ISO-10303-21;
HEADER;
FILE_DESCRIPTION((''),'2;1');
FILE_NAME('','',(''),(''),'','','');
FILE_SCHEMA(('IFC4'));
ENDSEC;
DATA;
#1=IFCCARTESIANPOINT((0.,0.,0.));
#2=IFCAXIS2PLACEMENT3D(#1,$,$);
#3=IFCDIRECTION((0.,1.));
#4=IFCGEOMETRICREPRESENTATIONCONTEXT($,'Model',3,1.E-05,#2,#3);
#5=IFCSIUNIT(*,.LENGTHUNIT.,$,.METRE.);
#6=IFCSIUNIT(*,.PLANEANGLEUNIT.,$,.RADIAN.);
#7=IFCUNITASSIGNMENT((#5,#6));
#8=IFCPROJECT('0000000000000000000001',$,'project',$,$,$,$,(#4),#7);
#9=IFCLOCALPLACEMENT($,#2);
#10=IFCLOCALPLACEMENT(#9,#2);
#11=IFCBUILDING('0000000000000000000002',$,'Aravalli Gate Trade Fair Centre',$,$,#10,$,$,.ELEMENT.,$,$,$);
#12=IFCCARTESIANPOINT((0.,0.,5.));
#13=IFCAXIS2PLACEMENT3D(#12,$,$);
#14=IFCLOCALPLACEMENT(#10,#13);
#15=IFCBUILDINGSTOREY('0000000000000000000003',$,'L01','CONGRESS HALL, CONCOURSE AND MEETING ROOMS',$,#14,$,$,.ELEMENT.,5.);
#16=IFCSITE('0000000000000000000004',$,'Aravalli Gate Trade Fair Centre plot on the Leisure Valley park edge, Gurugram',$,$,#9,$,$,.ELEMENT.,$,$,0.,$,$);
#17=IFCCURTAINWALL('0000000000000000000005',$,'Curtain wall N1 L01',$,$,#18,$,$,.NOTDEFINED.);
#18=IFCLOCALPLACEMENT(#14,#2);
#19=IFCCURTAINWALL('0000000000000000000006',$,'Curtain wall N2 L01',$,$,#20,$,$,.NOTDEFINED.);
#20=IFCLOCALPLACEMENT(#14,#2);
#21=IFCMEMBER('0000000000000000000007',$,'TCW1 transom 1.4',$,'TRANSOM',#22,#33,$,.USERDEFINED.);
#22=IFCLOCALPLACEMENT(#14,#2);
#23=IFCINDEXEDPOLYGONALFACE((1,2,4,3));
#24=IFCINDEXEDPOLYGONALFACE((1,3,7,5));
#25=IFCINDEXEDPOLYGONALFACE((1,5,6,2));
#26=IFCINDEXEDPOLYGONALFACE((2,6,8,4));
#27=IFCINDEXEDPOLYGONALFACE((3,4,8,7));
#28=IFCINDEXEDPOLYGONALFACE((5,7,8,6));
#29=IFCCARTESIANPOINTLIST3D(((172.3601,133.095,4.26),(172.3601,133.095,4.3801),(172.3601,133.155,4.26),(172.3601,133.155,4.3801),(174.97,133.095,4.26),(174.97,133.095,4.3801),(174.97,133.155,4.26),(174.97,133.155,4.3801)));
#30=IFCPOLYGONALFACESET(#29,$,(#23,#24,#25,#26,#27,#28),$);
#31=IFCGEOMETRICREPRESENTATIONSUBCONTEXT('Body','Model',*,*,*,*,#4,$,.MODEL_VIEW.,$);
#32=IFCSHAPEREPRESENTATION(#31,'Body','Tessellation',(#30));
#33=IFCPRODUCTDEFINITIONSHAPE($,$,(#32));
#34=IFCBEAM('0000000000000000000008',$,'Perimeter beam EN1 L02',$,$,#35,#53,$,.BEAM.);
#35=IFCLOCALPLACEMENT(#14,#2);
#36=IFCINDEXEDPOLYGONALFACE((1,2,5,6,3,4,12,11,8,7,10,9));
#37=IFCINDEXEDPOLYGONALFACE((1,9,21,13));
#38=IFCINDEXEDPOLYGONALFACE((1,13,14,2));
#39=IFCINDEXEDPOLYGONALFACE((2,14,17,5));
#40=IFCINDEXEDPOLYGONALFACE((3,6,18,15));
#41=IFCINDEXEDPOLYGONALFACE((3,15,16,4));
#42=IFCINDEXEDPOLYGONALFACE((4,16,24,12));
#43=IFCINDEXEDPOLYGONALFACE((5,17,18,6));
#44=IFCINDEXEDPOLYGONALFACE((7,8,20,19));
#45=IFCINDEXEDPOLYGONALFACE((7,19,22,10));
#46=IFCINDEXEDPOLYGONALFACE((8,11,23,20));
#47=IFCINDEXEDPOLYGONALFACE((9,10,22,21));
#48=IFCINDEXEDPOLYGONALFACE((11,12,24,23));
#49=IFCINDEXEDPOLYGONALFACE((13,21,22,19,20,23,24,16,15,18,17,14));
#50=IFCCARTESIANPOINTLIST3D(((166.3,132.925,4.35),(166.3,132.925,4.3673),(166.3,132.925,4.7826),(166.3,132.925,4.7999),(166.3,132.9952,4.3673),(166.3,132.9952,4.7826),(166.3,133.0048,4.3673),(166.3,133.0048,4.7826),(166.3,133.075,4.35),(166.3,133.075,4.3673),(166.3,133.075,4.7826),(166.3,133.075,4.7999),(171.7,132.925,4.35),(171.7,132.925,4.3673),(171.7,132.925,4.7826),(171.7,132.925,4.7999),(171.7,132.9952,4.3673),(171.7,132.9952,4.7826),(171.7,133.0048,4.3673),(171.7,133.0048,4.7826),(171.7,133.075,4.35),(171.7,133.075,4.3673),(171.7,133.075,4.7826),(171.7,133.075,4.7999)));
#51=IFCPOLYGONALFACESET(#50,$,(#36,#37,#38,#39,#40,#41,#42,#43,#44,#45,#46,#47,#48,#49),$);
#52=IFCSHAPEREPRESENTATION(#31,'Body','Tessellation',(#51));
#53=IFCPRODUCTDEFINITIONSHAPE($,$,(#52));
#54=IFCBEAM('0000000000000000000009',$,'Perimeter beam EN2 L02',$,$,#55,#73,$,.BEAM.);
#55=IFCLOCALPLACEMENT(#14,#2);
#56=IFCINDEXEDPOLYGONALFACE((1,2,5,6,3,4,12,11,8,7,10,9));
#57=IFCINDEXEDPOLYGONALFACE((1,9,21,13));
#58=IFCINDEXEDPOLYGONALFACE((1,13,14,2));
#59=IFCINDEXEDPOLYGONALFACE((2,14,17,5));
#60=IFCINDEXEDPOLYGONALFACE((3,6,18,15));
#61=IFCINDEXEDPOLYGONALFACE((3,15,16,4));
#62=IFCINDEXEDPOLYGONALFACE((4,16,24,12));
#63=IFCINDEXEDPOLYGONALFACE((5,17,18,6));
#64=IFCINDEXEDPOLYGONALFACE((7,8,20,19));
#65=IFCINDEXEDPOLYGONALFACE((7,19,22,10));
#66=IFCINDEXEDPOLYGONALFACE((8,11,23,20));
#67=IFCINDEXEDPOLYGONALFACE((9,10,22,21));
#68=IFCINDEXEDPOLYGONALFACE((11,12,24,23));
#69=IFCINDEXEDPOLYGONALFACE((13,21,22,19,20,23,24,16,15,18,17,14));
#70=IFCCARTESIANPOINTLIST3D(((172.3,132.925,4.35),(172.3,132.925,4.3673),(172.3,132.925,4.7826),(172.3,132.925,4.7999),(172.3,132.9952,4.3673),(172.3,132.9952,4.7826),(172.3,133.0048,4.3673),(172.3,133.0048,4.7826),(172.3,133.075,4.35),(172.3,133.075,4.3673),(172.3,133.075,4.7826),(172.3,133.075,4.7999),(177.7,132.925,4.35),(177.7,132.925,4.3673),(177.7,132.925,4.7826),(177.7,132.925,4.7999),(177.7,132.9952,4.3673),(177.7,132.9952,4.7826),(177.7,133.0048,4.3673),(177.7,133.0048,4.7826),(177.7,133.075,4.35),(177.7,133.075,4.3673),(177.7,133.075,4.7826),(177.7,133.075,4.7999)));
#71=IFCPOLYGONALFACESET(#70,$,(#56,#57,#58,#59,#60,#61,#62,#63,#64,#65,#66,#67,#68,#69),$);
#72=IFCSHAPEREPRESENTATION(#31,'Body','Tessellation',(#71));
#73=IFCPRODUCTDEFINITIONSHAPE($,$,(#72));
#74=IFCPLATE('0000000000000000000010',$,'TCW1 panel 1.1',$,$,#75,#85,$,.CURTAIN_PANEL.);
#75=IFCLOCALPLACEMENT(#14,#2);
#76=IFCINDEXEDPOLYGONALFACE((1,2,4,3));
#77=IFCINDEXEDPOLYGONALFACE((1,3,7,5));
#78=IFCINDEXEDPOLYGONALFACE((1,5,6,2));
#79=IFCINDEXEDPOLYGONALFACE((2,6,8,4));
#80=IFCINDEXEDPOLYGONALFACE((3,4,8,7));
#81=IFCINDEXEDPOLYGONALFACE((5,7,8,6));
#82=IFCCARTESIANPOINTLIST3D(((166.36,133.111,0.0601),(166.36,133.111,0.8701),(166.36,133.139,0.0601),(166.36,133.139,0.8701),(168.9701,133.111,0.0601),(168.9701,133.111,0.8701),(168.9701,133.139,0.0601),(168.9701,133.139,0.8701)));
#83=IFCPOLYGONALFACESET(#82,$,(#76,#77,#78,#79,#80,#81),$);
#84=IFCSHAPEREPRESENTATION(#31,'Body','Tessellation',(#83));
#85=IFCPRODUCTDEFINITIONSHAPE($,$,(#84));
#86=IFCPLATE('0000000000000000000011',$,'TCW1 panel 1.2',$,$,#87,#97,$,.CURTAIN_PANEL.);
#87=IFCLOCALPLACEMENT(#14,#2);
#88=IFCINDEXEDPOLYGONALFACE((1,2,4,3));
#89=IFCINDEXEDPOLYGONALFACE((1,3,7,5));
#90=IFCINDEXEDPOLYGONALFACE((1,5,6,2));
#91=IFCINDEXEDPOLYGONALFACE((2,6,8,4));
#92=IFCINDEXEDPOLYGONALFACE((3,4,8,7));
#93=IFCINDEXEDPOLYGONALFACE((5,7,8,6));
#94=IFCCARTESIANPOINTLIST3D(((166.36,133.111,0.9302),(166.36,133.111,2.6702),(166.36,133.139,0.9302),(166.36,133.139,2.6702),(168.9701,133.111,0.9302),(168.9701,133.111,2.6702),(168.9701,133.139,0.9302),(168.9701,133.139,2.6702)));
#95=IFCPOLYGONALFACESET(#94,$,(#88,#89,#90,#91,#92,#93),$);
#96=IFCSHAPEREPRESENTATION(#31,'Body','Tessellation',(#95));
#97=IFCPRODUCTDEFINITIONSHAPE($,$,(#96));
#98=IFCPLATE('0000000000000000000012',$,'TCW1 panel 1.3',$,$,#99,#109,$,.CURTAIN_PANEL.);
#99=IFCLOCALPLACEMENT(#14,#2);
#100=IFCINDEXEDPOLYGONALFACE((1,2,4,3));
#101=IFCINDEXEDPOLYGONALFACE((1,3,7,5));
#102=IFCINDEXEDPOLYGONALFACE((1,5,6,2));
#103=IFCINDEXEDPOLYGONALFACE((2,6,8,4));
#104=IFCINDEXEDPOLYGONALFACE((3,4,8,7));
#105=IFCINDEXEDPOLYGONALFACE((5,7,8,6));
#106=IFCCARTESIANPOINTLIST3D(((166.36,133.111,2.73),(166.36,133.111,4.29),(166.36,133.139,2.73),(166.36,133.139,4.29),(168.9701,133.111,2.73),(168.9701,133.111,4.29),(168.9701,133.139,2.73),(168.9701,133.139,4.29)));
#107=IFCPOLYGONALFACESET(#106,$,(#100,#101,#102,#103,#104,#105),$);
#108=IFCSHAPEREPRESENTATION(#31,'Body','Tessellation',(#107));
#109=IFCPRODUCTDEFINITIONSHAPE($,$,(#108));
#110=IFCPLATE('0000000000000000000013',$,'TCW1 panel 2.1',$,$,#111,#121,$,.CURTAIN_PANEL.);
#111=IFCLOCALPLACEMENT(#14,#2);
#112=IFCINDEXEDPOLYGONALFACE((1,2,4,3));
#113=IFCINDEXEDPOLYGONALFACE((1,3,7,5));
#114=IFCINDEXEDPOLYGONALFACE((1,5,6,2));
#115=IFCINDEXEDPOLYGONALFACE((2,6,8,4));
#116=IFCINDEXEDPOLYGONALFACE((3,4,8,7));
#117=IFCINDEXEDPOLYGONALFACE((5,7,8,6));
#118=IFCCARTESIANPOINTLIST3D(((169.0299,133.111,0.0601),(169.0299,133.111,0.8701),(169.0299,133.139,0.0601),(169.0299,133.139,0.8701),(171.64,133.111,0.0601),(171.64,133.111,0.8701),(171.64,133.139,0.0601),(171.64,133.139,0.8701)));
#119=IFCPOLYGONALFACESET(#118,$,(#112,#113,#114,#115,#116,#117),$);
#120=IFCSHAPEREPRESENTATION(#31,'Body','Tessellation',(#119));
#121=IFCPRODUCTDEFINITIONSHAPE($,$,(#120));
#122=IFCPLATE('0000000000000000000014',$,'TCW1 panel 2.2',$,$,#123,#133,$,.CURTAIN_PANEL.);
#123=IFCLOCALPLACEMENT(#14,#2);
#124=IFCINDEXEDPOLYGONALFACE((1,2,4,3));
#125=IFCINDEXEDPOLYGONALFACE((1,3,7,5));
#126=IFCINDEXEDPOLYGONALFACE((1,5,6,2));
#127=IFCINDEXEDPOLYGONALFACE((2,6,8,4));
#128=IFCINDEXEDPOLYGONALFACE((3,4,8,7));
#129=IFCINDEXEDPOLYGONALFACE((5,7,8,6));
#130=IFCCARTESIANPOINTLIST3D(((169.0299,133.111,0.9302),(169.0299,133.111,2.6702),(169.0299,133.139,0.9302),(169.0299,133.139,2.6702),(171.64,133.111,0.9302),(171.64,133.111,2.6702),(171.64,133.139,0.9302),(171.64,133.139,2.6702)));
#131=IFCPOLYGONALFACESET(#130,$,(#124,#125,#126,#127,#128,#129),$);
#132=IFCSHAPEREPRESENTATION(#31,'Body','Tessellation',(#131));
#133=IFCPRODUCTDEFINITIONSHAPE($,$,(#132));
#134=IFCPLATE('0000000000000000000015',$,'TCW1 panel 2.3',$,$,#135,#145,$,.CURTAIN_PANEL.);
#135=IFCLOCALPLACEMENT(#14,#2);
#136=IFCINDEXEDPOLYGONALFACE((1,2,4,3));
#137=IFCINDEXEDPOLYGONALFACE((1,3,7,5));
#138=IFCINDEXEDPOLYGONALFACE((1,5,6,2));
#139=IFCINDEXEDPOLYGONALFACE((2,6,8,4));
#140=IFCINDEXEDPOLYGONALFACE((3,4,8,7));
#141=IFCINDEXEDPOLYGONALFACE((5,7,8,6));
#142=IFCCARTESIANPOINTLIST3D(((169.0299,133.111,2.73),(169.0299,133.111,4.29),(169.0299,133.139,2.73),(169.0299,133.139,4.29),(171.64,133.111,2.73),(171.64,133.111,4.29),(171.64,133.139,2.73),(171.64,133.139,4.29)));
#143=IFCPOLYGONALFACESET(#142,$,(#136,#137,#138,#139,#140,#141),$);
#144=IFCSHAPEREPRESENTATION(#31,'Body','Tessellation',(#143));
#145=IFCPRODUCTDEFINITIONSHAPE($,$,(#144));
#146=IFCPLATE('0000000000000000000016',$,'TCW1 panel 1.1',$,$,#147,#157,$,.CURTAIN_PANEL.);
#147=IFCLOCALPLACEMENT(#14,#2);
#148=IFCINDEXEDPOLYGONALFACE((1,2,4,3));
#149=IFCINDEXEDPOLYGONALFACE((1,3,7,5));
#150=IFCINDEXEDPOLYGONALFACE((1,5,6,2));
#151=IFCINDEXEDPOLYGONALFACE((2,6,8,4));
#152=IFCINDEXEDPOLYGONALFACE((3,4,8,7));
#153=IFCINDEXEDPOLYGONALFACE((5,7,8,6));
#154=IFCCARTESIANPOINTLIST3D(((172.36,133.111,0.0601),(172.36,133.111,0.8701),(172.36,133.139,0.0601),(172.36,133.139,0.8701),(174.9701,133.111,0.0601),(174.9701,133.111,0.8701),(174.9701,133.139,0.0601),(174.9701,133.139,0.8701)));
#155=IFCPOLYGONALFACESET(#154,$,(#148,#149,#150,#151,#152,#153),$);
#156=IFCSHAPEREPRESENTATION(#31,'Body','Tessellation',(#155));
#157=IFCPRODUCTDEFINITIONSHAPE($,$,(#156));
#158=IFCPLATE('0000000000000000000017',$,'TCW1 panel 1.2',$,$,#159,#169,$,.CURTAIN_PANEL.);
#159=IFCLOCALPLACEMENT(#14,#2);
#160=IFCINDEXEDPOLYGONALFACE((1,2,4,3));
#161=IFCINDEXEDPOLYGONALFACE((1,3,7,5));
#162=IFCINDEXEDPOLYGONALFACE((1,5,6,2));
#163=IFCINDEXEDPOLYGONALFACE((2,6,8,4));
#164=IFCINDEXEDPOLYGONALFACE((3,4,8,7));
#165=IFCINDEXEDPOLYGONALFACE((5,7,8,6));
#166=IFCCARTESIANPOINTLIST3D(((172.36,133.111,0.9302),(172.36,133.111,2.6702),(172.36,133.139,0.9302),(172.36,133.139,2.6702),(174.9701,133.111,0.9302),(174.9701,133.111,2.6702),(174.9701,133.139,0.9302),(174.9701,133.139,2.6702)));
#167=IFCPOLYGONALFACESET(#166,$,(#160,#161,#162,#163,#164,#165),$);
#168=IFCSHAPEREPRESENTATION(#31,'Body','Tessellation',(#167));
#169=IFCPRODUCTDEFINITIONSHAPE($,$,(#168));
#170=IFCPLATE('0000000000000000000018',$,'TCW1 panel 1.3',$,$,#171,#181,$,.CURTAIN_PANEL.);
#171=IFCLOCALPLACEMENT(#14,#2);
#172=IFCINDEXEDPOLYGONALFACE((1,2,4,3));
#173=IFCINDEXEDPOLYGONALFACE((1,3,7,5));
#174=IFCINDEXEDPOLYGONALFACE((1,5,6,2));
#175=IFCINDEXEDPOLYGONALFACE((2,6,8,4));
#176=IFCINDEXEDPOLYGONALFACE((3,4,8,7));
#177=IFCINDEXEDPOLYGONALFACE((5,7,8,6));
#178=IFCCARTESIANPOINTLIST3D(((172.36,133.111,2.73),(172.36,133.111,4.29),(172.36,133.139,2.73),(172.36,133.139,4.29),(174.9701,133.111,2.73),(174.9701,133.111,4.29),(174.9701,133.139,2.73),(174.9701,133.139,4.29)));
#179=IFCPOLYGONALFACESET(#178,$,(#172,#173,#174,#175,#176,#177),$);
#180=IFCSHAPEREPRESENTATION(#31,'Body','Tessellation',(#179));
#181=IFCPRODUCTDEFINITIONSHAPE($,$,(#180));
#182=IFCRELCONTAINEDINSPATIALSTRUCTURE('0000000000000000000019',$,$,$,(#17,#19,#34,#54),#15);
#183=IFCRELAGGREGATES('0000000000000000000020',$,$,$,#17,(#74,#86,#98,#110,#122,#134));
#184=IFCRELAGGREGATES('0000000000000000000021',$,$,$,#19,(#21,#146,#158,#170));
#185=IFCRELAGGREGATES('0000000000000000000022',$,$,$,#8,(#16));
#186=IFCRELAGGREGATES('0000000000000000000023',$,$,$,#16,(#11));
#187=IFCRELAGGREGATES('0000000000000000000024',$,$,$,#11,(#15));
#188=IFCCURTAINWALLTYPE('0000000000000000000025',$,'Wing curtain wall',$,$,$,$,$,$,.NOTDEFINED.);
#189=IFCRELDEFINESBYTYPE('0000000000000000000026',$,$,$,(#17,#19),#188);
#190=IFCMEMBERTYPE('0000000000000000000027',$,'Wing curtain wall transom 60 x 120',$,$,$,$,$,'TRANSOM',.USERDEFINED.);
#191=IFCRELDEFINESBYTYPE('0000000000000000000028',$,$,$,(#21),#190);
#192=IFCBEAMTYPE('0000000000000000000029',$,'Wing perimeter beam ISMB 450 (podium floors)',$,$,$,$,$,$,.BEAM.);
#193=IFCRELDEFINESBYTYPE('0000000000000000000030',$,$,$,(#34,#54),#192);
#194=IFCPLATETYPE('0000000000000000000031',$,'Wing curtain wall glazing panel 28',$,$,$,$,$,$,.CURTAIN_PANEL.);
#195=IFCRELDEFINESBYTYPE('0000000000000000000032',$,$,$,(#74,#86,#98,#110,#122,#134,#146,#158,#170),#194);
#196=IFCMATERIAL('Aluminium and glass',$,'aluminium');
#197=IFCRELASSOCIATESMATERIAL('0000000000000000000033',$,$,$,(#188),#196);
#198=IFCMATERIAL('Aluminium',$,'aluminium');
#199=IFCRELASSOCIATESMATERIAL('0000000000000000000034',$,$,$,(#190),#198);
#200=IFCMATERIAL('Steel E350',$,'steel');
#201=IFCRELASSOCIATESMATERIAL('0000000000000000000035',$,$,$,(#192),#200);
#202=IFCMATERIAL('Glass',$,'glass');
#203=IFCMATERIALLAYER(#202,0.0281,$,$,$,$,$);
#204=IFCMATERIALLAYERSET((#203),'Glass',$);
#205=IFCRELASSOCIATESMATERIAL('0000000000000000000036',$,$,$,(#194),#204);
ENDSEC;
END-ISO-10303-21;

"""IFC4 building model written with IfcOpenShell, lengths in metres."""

from ifc_helpers import new_model, si_unit, direction, frame, origin, origin_2d, place, context, subcontext, project, spatial, rectangle, i_section, extrude, material, layer, layer_set, material_profile, profile_set, type_object, element, aggregate, save


model = new_model("IFC4")

# Units and contexts
model_context = context("Model", 3, precision=1e-05, world=origin(), true_north=direction((0.0, 1.0)))
body_context = subcontext(model_context, "Body", "Model", "MODEL_VIEW")
ifc_project = project(units=[si_unit("LENGTHUNIT", "METRE"), si_unit("PLANEANGLEUNIT", "RADIAN")], contexts=[model_context])

# Site, building, storey
site_placement = place(None, origin())
site = spatial("IfcSite", under=ifc_project, at=site_placement, Name="Aravalli Gate Trade Fair Centre plot on the Leisure Valley park edge, Gurugram", CompositionType="ELEMENT", RefElevation=0.0)
building_placement = place(site_placement, origin())
building = spatial("IfcBuilding", under=site, at=building_placement, Name="Aravalli Gate Trade Fair Centre", CompositionType="ELEMENT")
storey_placement = place(building_placement, frame((0.0, 0.0, 5.0)))
storey = spatial("IfcBuildingStorey", under=building, at=storey_placement, Name="L01", Description="CONGRESS HALL, CONCOURSE AND MEETING ROOMS", CompositionType="ELEMENT", Elevation=5.0)

# Shared definitions
ifc_material_1 = material(Name="Steel E350", Category="steel")

# Shared definitions
ifc_material_2 = material(Name="Aluminium and glass", Category="aluminium")
curtain_wall_type = type_object("IfcCurtainWallType", Name="Wing curtain wall", PredefinedType="NOTDEFINED", material=ifc_material_2)
ifc_material_3 = material(Name="Aluminium", Category="aluminium")

# Curtain wall
curtain_wall_1_placement = place(storey_placement, origin())
curtain_wall_1 = element("IfcCurtainWall", 1, at=curtain_wall_1_placement, inside=storey, type_object=curtain_wall_type, Name="Curtain wall N1 L01", PredefinedType="NOTDEFINED")

# Curtain wall
curtain_wall_2_placement = place(storey_placement, origin())
curtain_wall_2 = element("IfcCurtainWall", 2, at=curtain_wall_2_placement, inside=storey, type_object=curtain_wall_type, Name="Curtain wall N2 L01", PredefinedType="NOTDEFINED")

# Member
ifc_material_profile_1 = material_profile(ifc_material_3, rectangle(XDim=0.0601, YDim=0.1201, at=origin_2d()), Name="Wing curtain wall transom 60 x 120")
ifc_profile_set_1 = profile_set([ifc_material_profile_1], Name="Aluminium")
member_type_1 = type_object("IfcMemberType", Name="Wing curtain wall transom 60 x 120", ElementType="TRANSOM", PredefinedType="USERDEFINED", material=ifc_profile_set_1)
member_1_placement = place(storey_placement, frame((172.3601, 133.125, 4.3201), z_axis=(1.0, 0.0, 0.0), x_axis=(0.0, 1.0, 0.0)))
member_1 = element("IfcMember", 3, at=member_1_placement, type_object=member_type_1, Name="TCW1 transom 1.4", ObjectType="TRANSOM", PredefinedType="USERDEFINED", context=body_context, shape_type="SweptSolid", body=[
    extrude(rectangle(XDim=0.0601, YDim=0.1201, at=origin_2d()), origin(), (0.0, 0.0, 1.0), 2.6099),
])

# Beams
ifc_material_profile_2 = material_profile(ifc_material_1, i_section(OverallWidth=0.1499, OverallDepth=0.45, WebThickness=0.0095, FlangeThickness=0.0173, at=origin_2d()), Name="ISMB 450")
ifc_profile_set_2 = profile_set([ifc_material_profile_2], Name="Steel E350")
beam_type_1 = type_object("IfcBeamType", Name="Wing perimeter beam ISMB 450 (podium floors)", PredefinedType="BEAM", material=ifc_profile_set_2)
for number, where, z_axis, x_axis, name in (
    (4, (166.3, 133.0, 4.575), (1.0, 0.0, 0.0), (0.0, 1.0, 0.0), "Perimeter beam EN1 L02"),
    (5, (172.3, 133.0, 4.575), (1.0, 0.0, 0.0), (0.0, 1.0, 0.0), "Perimeter beam EN2 L02"),
):
    element("IfcBeam", number, at=place(storey_placement, frame(where, z_axis=z_axis, x_axis=x_axis)), inside=storey, type_object=beam_type_1, Name=name, PredefinedType="BEAM", context=body_context, shape_type="SweptSolid", body=[
        extrude(i_section(OverallWidth=0.1499, OverallDepth=0.45, WebThickness=0.0095, FlangeThickness=0.0173, at=origin_2d()), origin(), (0.0, 0.0, 1.0), 5.3999),
    ])

# Plates
ifc_material_4 = material(Name="Glass", Category="glass")
ifc_layer = layer(ifc_material_4, 0.0281)
ifc_layer_set = layer_set([ifc_layer], Name="Glass")
plate_type = type_object("IfcPlateType", Name="Wing curtain wall glazing panel 28", PredefinedType="CURTAIN_PANEL", material=ifc_layer_set)
plate_1_placement = place(storey_placement, frame((167.665, 133.125, 0.0601), z_axis=(0.0, 0.0, 1.0), x_axis=(1.0, 0.0, 0.0)))
plate_1 = element("IfcPlate", 6, at=plate_1_placement, type_object=plate_type, Name="TCW1 panel 1.1", PredefinedType="CURTAIN_PANEL", context=body_context, shape_type="SweptSolid", body=[
    extrude(rectangle(XDim=2.6101, YDim=0.0281, at=origin_2d()), origin(), (0.0, 0.0, 1.0), 0.8101),
])
plate_2_placement = place(storey_placement, frame((167.665, 133.125, 0.9302), z_axis=(0.0, 0.0, 1.0), x_axis=(1.0, 0.0, 0.0)))
plate_2 = element("IfcPlate", 7, at=plate_2_placement, type_object=plate_type, Name="TCW1 panel 1.2", PredefinedType="CURTAIN_PANEL", context=body_context, shape_type="SweptSolid", body=[
    extrude(rectangle(XDim=2.6101, YDim=0.0281, at=origin_2d()), origin(), (0.0, 0.0, 1.0), 1.74),
])
plate_3_placement = place(storey_placement, frame((167.665, 133.125, 2.73), z_axis=(0.0, 0.0, 1.0), x_axis=(1.0, 0.0, 0.0)))
plate_3 = element("IfcPlate", 8, at=plate_3_placement, type_object=plate_type, Name="TCW1 panel 1.3", PredefinedType="CURTAIN_PANEL", context=body_context, shape_type="SweptSolid", body=[
    extrude(rectangle(XDim=2.6101, YDim=0.0281, at=origin_2d()), origin(), (0.0, 0.0, 1.0), 1.5601),
])
plate_4_placement = place(storey_placement, frame((170.335, 133.125, 0.0601), z_axis=(0.0, 0.0, 1.0), x_axis=(1.0, 0.0, 0.0)))
plate_4 = element("IfcPlate", 9, at=plate_4_placement, type_object=plate_type, Name="TCW1 panel 2.1", PredefinedType="CURTAIN_PANEL", context=body_context, shape_type="SweptSolid", body=[
    extrude(rectangle(XDim=2.6101, YDim=0.0281, at=origin_2d()), origin(), (0.0, 0.0, 1.0), 0.8101),
])
plate_5_placement = place(storey_placement, frame((170.335, 133.125, 0.9302), z_axis=(0.0, 0.0, 1.0), x_axis=(1.0, 0.0, 0.0)))
plate_5 = element("IfcPlate", 10, at=plate_5_placement, type_object=plate_type, Name="TCW1 panel 2.2", PredefinedType="CURTAIN_PANEL", context=body_context, shape_type="SweptSolid", body=[
    extrude(rectangle(XDim=2.6101, YDim=0.0281, at=origin_2d()), origin(), (0.0, 0.0, 1.0), 1.74),
])
plate_6_placement = place(storey_placement, frame((170.335, 133.125, 2.73), z_axis=(0.0, 0.0, 1.0), x_axis=(1.0, 0.0, 0.0)))
plate_6 = element("IfcPlate", 11, at=plate_6_placement, type_object=plate_type, Name="TCW1 panel 2.3", PredefinedType="CURTAIN_PANEL", context=body_context, shape_type="SweptSolid", body=[
    extrude(rectangle(XDim=2.6101, YDim=0.0281, at=origin_2d()), origin(), (0.0, 0.0, 1.0), 1.5601),
])
aggregate(curtain_wall_1, [plate_1, plate_2, plate_3, plate_4, plate_5, plate_6])
plate_7_placement = place(storey_placement, frame((173.665, 133.125, 0.0601), z_axis=(0.0, 0.0, 1.0), x_axis=(1.0, 0.0, 0.0)))
plate_7 = element("IfcPlate", 12, at=plate_7_placement, type_object=plate_type, Name="TCW1 panel 1.1", PredefinedType="CURTAIN_PANEL", context=body_context, shape_type="SweptSolid", body=[
    extrude(rectangle(XDim=2.6101, YDim=0.0281, at=origin_2d()), origin(), (0.0, 0.0, 1.0), 0.8101),
])
plate_8_placement = place(storey_placement, frame((173.665, 133.125, 0.9302), z_axis=(0.0, 0.0, 1.0), x_axis=(1.0, 0.0, 0.0)))
plate_8 = element("IfcPlate", 13, at=plate_8_placement, type_object=plate_type, Name="TCW1 panel 1.2", PredefinedType="CURTAIN_PANEL", context=body_context, shape_type="SweptSolid", body=[
    extrude(rectangle(XDim=2.6101, YDim=0.0281, at=origin_2d()), origin(), (0.0, 0.0, 1.0), 1.74),
])
plate_9_placement = place(storey_placement, frame((173.665, 133.125, 2.73), z_axis=(0.0, 0.0, 1.0), x_axis=(1.0, 0.0, 0.0)))
plate_9 = element("IfcPlate", 14, at=plate_9_placement, type_object=plate_type, Name="TCW1 panel 1.3", PredefinedType="CURTAIN_PANEL", context=body_context, shape_type="SweptSolid", body=[
    extrude(rectangle(XDim=2.6101, YDim=0.0281, at=origin_2d()), origin(), (0.0, 0.0, 1.0), 1.5601),
])
aggregate(curtain_wall_2, [member_1, plate_7, plate_8, plate_9])

save(model, "model.ifc")
